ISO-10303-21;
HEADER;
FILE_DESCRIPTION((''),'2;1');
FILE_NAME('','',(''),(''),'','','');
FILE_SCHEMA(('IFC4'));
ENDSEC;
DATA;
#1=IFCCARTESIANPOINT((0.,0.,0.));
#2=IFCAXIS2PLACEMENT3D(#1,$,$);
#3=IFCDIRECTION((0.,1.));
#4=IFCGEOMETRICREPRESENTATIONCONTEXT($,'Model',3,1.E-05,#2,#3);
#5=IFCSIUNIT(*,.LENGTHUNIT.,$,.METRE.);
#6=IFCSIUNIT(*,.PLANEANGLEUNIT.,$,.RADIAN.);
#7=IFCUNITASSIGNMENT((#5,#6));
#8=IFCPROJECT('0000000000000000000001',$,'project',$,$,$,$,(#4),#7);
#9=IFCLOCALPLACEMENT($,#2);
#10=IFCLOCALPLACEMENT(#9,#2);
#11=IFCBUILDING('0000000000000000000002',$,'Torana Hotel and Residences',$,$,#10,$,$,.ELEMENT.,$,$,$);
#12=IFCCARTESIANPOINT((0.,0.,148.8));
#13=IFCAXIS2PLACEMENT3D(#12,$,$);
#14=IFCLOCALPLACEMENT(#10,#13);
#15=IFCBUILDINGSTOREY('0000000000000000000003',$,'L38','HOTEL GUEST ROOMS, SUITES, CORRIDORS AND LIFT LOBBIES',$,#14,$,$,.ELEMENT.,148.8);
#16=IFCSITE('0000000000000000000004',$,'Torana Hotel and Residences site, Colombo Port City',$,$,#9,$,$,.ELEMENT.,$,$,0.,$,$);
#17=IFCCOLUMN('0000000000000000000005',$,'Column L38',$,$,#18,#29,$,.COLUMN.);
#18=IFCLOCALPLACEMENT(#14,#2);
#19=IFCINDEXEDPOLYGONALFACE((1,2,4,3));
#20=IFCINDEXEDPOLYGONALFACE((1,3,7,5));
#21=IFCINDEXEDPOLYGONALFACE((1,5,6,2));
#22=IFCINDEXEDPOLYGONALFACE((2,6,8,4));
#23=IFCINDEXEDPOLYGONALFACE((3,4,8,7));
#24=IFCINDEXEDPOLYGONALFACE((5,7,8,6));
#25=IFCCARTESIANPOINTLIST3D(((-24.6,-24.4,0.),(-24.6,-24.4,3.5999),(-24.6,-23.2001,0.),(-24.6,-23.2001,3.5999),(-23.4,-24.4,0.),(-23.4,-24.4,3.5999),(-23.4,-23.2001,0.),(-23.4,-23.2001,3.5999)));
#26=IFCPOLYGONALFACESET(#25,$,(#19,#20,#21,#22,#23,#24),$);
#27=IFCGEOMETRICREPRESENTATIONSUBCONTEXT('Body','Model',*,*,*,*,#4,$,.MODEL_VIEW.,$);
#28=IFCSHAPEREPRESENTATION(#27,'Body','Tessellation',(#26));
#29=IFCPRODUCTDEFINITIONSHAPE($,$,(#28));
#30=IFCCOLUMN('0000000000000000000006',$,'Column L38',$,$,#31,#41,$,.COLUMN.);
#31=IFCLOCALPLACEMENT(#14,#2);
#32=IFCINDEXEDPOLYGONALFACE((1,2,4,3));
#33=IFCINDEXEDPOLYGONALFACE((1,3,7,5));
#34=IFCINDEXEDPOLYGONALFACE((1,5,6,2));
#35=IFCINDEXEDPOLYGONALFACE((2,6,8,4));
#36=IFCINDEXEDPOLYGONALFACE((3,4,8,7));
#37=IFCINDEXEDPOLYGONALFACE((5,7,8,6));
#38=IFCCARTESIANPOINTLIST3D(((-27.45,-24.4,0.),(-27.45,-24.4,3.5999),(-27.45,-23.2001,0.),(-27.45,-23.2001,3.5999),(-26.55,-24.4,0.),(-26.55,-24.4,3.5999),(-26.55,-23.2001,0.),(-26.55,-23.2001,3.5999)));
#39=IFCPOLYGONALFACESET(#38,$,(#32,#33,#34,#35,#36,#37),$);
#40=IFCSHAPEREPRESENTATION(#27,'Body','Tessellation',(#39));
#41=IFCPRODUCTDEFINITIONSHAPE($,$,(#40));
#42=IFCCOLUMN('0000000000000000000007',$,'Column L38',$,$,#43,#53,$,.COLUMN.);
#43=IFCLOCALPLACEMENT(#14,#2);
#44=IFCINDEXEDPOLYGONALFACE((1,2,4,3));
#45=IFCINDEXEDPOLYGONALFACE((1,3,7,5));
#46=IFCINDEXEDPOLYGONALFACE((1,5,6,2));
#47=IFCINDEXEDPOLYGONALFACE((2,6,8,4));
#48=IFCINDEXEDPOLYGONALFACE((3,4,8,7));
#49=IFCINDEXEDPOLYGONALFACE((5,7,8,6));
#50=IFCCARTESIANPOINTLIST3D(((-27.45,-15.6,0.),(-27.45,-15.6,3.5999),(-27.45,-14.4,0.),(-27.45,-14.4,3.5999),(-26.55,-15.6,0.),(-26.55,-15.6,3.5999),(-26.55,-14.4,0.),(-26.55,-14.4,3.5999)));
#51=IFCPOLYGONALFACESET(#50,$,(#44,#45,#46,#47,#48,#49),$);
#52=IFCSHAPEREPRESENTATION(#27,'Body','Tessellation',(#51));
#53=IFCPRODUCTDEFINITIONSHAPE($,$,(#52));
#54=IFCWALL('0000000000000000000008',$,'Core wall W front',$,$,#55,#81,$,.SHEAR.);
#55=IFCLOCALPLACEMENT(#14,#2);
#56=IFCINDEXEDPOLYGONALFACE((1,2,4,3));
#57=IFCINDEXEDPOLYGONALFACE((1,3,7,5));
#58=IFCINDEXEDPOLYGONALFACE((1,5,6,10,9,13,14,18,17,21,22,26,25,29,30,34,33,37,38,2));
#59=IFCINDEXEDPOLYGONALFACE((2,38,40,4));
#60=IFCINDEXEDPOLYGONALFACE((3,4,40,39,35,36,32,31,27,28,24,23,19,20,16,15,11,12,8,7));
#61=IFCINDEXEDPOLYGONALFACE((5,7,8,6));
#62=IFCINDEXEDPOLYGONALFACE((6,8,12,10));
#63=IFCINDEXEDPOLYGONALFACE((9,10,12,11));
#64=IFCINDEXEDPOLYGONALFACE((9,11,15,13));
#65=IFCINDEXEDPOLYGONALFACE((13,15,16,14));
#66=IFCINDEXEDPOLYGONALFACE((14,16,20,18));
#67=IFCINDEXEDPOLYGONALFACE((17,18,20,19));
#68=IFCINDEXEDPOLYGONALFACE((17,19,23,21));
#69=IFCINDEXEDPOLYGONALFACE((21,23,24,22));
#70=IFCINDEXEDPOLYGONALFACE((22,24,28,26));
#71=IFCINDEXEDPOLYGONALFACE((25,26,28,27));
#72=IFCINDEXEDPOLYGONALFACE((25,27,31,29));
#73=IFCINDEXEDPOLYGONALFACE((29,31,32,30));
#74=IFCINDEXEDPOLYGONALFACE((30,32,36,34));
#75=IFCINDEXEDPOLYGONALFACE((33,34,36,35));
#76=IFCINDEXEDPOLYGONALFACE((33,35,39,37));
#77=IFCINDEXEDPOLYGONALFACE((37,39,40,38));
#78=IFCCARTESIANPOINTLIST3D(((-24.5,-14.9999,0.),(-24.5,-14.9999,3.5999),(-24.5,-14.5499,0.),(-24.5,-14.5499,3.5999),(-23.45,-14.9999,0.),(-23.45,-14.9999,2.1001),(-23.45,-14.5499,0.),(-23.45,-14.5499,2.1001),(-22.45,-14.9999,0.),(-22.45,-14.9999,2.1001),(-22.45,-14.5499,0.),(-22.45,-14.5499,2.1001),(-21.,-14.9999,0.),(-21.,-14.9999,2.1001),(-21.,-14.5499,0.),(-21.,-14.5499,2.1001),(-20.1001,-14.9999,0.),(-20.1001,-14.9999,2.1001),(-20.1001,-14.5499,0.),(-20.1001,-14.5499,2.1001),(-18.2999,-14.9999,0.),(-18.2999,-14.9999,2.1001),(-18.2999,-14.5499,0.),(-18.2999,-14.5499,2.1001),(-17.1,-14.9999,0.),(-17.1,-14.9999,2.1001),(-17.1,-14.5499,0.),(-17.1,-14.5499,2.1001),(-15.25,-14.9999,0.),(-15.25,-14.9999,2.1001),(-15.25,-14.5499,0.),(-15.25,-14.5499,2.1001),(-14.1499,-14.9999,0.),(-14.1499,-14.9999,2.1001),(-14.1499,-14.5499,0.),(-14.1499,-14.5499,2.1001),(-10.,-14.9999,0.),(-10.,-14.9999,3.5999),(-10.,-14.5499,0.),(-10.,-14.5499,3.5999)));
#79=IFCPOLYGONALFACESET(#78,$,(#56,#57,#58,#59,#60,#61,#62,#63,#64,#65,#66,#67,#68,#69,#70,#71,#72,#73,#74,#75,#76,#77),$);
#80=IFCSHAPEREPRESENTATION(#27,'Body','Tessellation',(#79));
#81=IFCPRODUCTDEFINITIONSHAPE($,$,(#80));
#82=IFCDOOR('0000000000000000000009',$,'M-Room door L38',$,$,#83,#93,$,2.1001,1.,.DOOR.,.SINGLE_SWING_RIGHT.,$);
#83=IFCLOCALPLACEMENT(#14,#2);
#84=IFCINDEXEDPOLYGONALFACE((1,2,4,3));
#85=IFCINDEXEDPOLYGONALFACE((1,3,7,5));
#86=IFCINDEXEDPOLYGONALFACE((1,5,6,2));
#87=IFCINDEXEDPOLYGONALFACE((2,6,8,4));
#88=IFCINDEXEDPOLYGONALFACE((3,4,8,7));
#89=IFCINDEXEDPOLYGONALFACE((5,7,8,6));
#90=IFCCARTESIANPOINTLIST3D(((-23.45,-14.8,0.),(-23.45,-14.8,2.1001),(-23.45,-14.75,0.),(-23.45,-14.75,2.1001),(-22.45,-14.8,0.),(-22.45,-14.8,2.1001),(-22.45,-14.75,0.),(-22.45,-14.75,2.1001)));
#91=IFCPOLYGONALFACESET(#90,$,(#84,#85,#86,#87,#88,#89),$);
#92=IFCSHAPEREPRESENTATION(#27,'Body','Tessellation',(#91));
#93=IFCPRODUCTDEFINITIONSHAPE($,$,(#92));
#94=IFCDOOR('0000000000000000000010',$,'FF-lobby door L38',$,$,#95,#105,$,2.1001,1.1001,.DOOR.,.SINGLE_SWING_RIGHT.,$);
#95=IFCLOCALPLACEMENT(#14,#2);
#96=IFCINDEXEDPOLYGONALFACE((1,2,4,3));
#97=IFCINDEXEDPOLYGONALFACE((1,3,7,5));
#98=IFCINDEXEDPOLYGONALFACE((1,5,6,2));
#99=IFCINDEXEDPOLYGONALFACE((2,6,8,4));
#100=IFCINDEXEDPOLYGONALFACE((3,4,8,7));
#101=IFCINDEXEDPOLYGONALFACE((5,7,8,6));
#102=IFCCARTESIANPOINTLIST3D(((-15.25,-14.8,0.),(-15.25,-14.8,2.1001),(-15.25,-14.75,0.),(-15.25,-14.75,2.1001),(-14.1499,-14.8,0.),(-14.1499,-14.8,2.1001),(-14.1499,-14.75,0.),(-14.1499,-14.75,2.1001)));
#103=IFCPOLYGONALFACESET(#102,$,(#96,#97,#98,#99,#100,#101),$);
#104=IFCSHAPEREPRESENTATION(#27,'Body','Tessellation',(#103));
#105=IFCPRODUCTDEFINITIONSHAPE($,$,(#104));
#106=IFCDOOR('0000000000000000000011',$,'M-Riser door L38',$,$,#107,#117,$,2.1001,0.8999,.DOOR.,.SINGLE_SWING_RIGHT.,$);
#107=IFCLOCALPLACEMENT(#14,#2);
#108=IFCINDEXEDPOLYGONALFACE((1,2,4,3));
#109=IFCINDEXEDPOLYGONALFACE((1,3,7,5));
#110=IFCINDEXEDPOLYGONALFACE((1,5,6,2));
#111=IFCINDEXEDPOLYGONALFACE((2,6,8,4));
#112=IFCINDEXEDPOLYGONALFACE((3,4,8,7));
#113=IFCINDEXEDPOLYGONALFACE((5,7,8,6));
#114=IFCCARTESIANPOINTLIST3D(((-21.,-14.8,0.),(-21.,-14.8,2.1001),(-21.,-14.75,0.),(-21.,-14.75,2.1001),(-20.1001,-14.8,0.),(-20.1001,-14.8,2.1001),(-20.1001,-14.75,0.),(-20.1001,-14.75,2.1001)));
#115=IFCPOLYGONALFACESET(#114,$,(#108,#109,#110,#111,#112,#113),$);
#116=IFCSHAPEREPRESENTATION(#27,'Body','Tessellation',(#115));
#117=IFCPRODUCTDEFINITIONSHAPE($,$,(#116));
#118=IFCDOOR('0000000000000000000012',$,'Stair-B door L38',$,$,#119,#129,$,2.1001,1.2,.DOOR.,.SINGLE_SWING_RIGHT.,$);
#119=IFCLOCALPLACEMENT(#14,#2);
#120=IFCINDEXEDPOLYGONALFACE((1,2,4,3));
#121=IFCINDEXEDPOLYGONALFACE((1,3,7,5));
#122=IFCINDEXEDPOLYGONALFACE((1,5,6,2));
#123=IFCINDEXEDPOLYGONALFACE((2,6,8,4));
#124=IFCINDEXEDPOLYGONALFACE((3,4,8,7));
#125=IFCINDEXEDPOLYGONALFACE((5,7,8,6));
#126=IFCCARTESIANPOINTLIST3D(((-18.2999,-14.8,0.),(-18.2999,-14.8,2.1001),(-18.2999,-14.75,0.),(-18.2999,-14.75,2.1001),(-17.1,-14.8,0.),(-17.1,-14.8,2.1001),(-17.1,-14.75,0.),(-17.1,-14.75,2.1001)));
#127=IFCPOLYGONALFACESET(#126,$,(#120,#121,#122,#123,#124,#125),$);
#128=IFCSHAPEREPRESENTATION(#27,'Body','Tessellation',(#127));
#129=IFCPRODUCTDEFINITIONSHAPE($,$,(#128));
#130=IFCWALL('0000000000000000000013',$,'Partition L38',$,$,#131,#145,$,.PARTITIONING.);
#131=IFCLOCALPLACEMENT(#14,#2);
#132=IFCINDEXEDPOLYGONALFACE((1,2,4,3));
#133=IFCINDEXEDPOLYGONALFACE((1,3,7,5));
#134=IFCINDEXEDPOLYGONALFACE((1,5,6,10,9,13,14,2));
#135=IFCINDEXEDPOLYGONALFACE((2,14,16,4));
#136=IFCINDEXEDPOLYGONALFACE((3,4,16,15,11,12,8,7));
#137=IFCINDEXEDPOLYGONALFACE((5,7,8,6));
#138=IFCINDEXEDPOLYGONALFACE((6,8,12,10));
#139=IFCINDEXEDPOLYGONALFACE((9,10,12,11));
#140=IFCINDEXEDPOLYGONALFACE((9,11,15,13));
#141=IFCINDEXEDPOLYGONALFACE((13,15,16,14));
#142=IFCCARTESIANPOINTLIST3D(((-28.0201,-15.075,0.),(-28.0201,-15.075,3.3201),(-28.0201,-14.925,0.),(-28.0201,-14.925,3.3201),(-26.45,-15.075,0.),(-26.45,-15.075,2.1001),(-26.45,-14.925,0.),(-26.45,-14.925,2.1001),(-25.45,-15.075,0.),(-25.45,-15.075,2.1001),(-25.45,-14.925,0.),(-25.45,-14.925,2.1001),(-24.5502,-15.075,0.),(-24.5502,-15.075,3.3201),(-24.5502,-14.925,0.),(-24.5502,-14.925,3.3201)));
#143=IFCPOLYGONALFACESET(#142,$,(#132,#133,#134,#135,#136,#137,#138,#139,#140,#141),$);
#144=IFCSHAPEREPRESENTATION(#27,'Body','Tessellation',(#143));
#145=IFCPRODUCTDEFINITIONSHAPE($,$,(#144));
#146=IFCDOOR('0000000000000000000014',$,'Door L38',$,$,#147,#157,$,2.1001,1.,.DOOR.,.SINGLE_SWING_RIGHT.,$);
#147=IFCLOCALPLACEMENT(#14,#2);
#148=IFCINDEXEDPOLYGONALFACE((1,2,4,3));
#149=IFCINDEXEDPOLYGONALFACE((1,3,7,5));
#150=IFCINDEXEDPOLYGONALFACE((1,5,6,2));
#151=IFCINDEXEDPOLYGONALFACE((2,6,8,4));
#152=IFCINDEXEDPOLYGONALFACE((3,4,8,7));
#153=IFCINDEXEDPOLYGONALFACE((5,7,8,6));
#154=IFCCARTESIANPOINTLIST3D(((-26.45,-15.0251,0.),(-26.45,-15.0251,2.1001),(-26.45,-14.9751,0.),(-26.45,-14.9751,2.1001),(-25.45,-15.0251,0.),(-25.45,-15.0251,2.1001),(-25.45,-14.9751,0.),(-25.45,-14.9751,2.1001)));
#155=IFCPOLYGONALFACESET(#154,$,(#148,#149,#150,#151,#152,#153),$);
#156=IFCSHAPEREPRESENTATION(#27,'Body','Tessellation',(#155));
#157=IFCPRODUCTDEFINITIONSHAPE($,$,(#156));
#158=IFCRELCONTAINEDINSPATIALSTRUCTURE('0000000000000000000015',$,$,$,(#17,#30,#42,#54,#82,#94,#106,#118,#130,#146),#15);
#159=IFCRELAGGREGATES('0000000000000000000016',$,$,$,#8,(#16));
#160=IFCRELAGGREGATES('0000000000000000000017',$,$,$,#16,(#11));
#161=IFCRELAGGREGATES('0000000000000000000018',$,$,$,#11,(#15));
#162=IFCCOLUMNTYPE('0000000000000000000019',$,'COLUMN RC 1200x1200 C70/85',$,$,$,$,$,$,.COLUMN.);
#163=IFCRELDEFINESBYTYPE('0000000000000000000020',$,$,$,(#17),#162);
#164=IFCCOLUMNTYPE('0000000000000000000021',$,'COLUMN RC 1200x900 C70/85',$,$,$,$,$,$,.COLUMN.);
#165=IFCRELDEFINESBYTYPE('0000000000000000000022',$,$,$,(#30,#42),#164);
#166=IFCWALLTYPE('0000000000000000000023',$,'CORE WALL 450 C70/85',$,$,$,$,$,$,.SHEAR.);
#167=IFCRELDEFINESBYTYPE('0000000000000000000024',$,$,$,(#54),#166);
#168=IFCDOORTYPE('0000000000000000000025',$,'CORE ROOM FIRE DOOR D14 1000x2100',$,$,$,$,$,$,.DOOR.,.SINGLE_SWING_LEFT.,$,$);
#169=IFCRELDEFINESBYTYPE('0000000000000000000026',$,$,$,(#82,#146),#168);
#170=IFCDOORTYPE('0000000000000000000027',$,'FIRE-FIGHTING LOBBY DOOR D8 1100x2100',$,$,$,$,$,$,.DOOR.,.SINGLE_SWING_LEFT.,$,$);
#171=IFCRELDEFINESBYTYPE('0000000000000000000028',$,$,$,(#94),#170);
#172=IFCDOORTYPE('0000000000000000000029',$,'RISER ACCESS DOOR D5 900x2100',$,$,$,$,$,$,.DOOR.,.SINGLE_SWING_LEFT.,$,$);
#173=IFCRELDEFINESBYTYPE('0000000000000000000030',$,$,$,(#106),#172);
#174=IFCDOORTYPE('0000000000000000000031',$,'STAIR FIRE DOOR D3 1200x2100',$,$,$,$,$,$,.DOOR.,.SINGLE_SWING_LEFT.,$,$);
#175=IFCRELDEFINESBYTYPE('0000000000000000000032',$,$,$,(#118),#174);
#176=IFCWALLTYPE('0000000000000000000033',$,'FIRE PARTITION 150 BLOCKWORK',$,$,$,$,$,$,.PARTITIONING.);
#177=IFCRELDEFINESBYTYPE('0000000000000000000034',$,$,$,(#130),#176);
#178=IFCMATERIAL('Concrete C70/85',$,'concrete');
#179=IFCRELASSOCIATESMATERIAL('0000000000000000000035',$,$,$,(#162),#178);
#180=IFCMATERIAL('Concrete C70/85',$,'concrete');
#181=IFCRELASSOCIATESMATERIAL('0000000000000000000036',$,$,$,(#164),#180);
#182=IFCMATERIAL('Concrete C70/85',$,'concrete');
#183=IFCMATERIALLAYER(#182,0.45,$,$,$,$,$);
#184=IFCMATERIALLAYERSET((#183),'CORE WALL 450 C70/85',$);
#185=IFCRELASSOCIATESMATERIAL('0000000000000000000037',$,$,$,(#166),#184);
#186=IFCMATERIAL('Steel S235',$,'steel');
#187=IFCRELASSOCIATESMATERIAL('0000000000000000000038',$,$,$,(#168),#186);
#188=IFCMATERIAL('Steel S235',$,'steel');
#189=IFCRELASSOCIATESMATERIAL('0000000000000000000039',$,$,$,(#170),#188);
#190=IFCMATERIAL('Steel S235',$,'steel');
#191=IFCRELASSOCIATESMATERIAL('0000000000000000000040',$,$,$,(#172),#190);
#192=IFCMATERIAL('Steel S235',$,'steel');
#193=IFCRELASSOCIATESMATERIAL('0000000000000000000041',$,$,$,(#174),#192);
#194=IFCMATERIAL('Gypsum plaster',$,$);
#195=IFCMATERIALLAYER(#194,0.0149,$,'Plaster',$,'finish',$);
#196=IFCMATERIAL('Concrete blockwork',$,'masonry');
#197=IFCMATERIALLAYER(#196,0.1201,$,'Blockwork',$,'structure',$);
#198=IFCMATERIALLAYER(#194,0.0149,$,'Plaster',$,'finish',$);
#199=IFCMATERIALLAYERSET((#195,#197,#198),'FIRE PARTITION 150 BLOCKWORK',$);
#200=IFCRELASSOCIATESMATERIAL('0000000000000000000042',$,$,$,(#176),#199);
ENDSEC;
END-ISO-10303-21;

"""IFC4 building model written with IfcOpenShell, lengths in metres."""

from ifc_helpers import new_model, si_unit, direction, frame, frame_2d, origin, origin_2d, place, context, subcontext, project, spatial, rectangle, extrude, material, layer, layer_set, material_profile, profile_set, type_object, element, fill, save


model = new_model("IFC4")

# Units and contexts
model_context = context("Model", 3, precision=1e-05, world=origin(), true_north=direction((0.0, 1.0)))
body_context = subcontext(model_context, "Body", "Model", "MODEL_VIEW")
ifc_project = project(units=[si_unit("LENGTHUNIT", "METRE"), si_unit("PLANEANGLEUNIT", "RADIAN")], contexts=[model_context])

# Site, building, storey
site_placement = place(None, origin())
site = spatial("IfcSite", under=ifc_project, at=site_placement, Name="Torana Hotel and Residences site, Colombo Port City", CompositionType="ELEMENT", RefElevation=0.0)
building_placement = place(site_placement, origin())
building = spatial("IfcBuilding", under=site, at=building_placement, Name="Torana Hotel and Residences", CompositionType="ELEMENT")
storey_placement = place(building_placement, frame((0.0, 0.0, 148.8)))
storey = spatial("IfcBuildingStorey", under=building, at=storey_placement, Name="L38", Description="HOTEL GUEST ROOMS, SUITES, CORRIDORS AND LIFT LOBBIES", CompositionType="ELEMENT", Elevation=148.8)

# Columns
ifc_material_1 = material(Name="Concrete C70/85", Category="concrete")
ifc_material_profile_1 = material_profile(ifc_material_1, rectangle(XDim=1.2, YDim=1.2, at=origin_2d()), Name="RC 1200x1200")
ifc_profile_set_1 = profile_set([ifc_material_profile_1], Name="Concrete C70/85")
column_type_1 = type_object("IfcColumnType", Name="COLUMN RC 1200x1200 C70/85", PredefinedType="COLUMN", material=ifc_profile_set_1)
column_placement = place(storey_placement, frame((-24.0, -23.8, 0.0), z_axis=(0.0, 0.0, 1.0), x_axis=(1.0, 0.0, 0.0)))
element("IfcColumn", 1, at=column_placement, inside=storey, type_object=column_type_1, Name="Column L38", PredefinedType="COLUMN", context=body_context, shape_type="SweptSolid", body=[
    extrude(rectangle(XDim=1.2, YDim=1.2, at=origin_2d()), origin(), (0.0, 0.0, 1.0), 3.5999),
])
ifc_material_2 = material(Name="Concrete C70/85", Category="concrete")
ifc_material_profile_2 = material_profile(ifc_material_2, rectangle(XDim=1.2, YDim=0.8999, at=origin_2d()), Name="RC 1200x900")
ifc_profile_set_2 = profile_set([ifc_material_profile_2], Name="Concrete C70/85")
column_type_2 = type_object("IfcColumnType", Name="COLUMN RC 1200x900 C70/85", PredefinedType="COLUMN", material=ifc_profile_set_2)
for number, where, z_axis, x_axis, name in (
    (2, (-27.0, -23.8, 0.0), (0.0, 0.0, 1.0), (0.0, 1.0, 0.0), "Column L38"),
    (3, (-27.0, -15.0, 0.0), (0.0, 0.0, 1.0), (0.0, 1.0, 0.0), "Column L38"),
):
    element("IfcColumn", number, at=place(storey_placement, frame(where, z_axis=z_axis, x_axis=x_axis)), inside=storey, type_object=column_type_2, Name=name, PredefinedType="COLUMN", context=body_context, shape_type="SweptSolid", body=[
        extrude(rectangle(XDim=1.2, YDim=0.8999, at=origin_2d()), origin(), (0.0, 0.0, 1.0), 3.5999),
    ])

# Wall, openings, doors
ifc_material_3 = material(Name="Concrete C70/85", Category="concrete")
ifc_layer_1 = layer(ifc_material_3, 0.45)
ifc_layer_set_1 = layer_set([ifc_layer_1], Name="CORE WALL 450 C70/85")
wall_type_1 = type_object("IfcWallType", Name="CORE WALL 450 C70/85", PredefinedType="SHEAR", material=ifc_layer_set_1)
wall_1_placement = place(storey_placement, frame((-24.5, -14.7749, 0.0), z_axis=(0.0, 0.0, 1.0), x_axis=(1.0, 0.0, 0.0)))
wall_1 = element("IfcWall", 4, at=wall_1_placement, inside=storey, type_object=wall_type_1, Name="Core wall W front", PredefinedType="SHEAR", context=body_context, shape_type="SweptSolid", body=[
    extrude(rectangle(XDim=14.5, YDim=0.45, at=frame_2d((7.25, 0.0))), origin(), (0.0, 0.0, 1.0), 3.5999),
])
opening_1_placement = place(wall_1_placement, frame((6.2, 0.0, 0.0)))
opening_1 = element("IfcOpeningElement", 5, at=opening_1_placement, cuts=wall_1, PredefinedType="OPENING", context=body_context, shape_type="SweptSolid", body=[
    extrude(rectangle(XDim=1.2, YDim=2.1001, at=frame_2d((0.6001, 1.05))), frame((0.0, 0.2349, 0.0), z_axis=(0.0, -1.0, 0.0), x_axis=(1.0, 0.0, 0.0)), (0.0, 0.0, 1.0), 0.47),
])
opening_2_placement = place(wall_1_placement, frame((9.25, 0.0, 0.0)))
opening_2 = element("IfcOpeningElement", 6, at=opening_2_placement, cuts=wall_1, PredefinedType="OPENING", context=body_context, shape_type="SweptSolid", body=[
    extrude(rectangle(XDim=1.1001, YDim=2.1001, at=frame_2d((0.55, 1.05))), frame((0.0, 0.2349, 0.0), z_axis=(0.0, -1.0, 0.0), x_axis=(1.0, 0.0, 0.0)), (0.0, 0.0, 1.0), 0.47),
])
opening_3_placement = place(wall_1_placement, frame((3.5, 0.0, 0.0)))
opening_3 = element("IfcOpeningElement", 7, at=opening_3_placement, cuts=wall_1, PredefinedType="OPENING", context=body_context, shape_type="SweptSolid", body=[
    extrude(rectangle(XDim=0.8999, YDim=2.1001, at=frame_2d((0.45, 1.05))), frame((0.0, 0.2349, 0.0), z_axis=(0.0, -1.0, 0.0), x_axis=(1.0, 0.0, 0.0)), (0.0, 0.0, 1.0), 0.47),
])
opening_4_placement = place(wall_1_placement, frame((1.05, 0.0, 0.0)))
opening_4 = element("IfcOpeningElement", 8, at=opening_4_placement, cuts=wall_1, PredefinedType="OPENING", context=body_context, shape_type="SweptSolid", body=[
    extrude(rectangle(XDim=1.0, YDim=2.1001, at=frame_2d((0.5, 1.05))), frame((0.0, 0.2349, 0.0), z_axis=(0.0, -1.0, 0.0), x_axis=(1.0, 0.0, 0.0)), (0.0, 0.0, 1.0), 0.47),
])
ifc_material_4 = material(Name="Steel S235", Category="steel")
door_type_1 = type_object("IfcDoorType", Name="CORE ROOM FIRE DOOR D14 1000x2100", OperationType="SINGLE_SWING_LEFT", PredefinedType="DOOR", material=ifc_material_4)
door_1_placement = place(opening_4_placement, origin())
door_1 = element("IfcDoor", 9, at=door_1_placement, inside=storey, type_object=door_type_1, Name="M-Room door L38", OperationType="SINGLE_SWING_RIGHT", OverallHeight=2.1001, OverallWidth=1.0, PredefinedType="DOOR", context=body_context, shape_type="SweptSolid", body=[
    extrude(rectangle(XDim=1.0, YDim=2.1001, at=frame_2d((0.5, 1.05))), frame((0.0, 0.0249, 0.0), z_axis=(0.0, -1.0, 0.0), x_axis=(1.0, 0.0, 0.0)), (0.0, 0.0, 1.0), 0.05),
])
fill(opening_4, door_1)
ifc_material_5 = material(Name="Steel S235", Category="steel")
door_type_2 = type_object("IfcDoorType", Name="FIRE-FIGHTING LOBBY DOOR D8 1100x2100", OperationType="SINGLE_SWING_LEFT", PredefinedType="DOOR", material=ifc_material_5)
door_2_placement = place(opening_2_placement, origin())
door_2 = element("IfcDoor", 10, at=door_2_placement, inside=storey, type_object=door_type_2, Name="FF-lobby door L38", OperationType="SINGLE_SWING_RIGHT", OverallHeight=2.1001, OverallWidth=1.1001, PredefinedType="DOOR", context=body_context, shape_type="SweptSolid", body=[
    extrude(rectangle(XDim=1.1001, YDim=2.1001, at=frame_2d((0.55, 1.05))), frame((0.0, 0.0249, 0.0), z_axis=(0.0, -1.0, 0.0), x_axis=(1.0, 0.0, 0.0)), (0.0, 0.0, 1.0), 0.05),
])
fill(opening_2, door_2)
ifc_material_6 = material(Name="Steel S235", Category="steel")
door_type_3 = type_object("IfcDoorType", Name="RISER ACCESS DOOR D5 900x2100", OperationType="SINGLE_SWING_LEFT", PredefinedType="DOOR", material=ifc_material_6)
door_3_placement = place(opening_3_placement, origin())
door_3 = element("IfcDoor", 11, at=door_3_placement, inside=storey, type_object=door_type_3, Name="M-Riser door L38", OperationType="SINGLE_SWING_RIGHT", OverallHeight=2.1001, OverallWidth=0.8999, PredefinedType="DOOR", context=body_context, shape_type="SweptSolid", body=[
    extrude(rectangle(XDim=0.8999, YDim=2.1001, at=frame_2d((0.45, 1.05))), frame((0.0, 0.0249, 0.0), z_axis=(0.0, -1.0, 0.0), x_axis=(1.0, 0.0, 0.0)), (0.0, 0.0, 1.0), 0.05),
])
fill(opening_3, door_3)
ifc_material_7 = material(Name="Steel S235", Category="steel")
door_type_4 = type_object("IfcDoorType", Name="STAIR FIRE DOOR D3 1200x2100", OperationType="SINGLE_SWING_LEFT", PredefinedType="DOOR", material=ifc_material_7)
door_4_placement = place(opening_1_placement, origin())
door_4 = element("IfcDoor", 12, at=door_4_placement, inside=storey, type_object=door_type_4, Name="Stair-B door L38", OperationType="SINGLE_SWING_RIGHT", OverallHeight=2.1001, OverallWidth=1.2, PredefinedType="DOOR", context=body_context, shape_type="SweptSolid", body=[
    extrude(rectangle(XDim=1.2, YDim=2.1001, at=frame_2d((0.6001, 1.05))), frame((0.0, 0.0249, 0.0), z_axis=(0.0, -1.0, 0.0), x_axis=(1.0, 0.0, 0.0)), (0.0, 0.0, 1.0), 0.05),
])
fill(opening_1, door_4)

# Wall, opening, door
ifc_material_8 = material(Name="Gypsum plaster")
ifc_layer_2 = layer(ifc_material_8, 0.0149, Name="Plaster", Category="finish")
ifc_material_9 = material(Name="Concrete blockwork", Category="masonry")
ifc_layer_3 = layer(ifc_material_9, 0.1201, Name="Blockwork", Category="structure")
ifc_layer_4 = layer(ifc_material_8, 0.0149, Name="Plaster", Category="finish")
ifc_layer_set_2 = layer_set([ifc_layer_2, ifc_layer_3, ifc_layer_4], Name="FIRE PARTITION 150 BLOCKWORK")
wall_type_2 = type_object("IfcWallType", Name="FIRE PARTITION 150 BLOCKWORK", PredefinedType="PARTITIONING", material=ifc_layer_set_2)
wall_2_placement = place(storey_placement, frame((-28.02, -15.0, 0.0), z_axis=(0.0, 0.0, 1.0), x_axis=(1.0, 0.0, 0.0)))
wall_2 = element("IfcWall", 13, at=wall_2_placement, inside=storey, type_object=wall_type_2, Name="Partition L38", PredefinedType="PARTITIONING", context=body_context, shape_type="SweptSolid", body=[
    extrude(rectangle(XDim=3.47, YDim=0.1499, at=frame_2d((1.7349, 0.0))), origin(), (0.0, 0.0, 1.0), 3.3201),
])
opening_5_placement = place(wall_2_placement, frame((1.5701, 0.0, 0.0)))
opening_5 = element("IfcOpeningElement", 14, at=opening_5_placement, cuts=wall_2, PredefinedType="OPENING", context=body_context, shape_type="SweptSolid", body=[
    extrude(rectangle(XDim=1.0, YDim=2.1001, at=frame_2d((0.5, 1.05))), frame((0.0, 0.085, 0.0), z_axis=(0.0, -1.0, 0.0), x_axis=(1.0, 0.0, 0.0)), (0.0, 0.0, 1.0), 0.1699),
])
door_5_placement = place(opening_5_placement, origin())
door_5 = element("IfcDoor", 15, at=door_5_placement, inside=storey, type_object=door_type_1, Name="Door L38", OperationType="SINGLE_SWING_RIGHT", OverallHeight=2.1001, OverallWidth=1.0, PredefinedType="DOOR", context=body_context, shape_type="SweptSolid", body=[
    extrude(rectangle(XDim=1.0, YDim=2.1001, at=frame_2d((0.5, 1.05))), frame((0.0, 0.0249, 0.0), z_axis=(0.0, -1.0, 0.0), x_axis=(1.0, 0.0, 0.0)), (0.0, 0.0, 1.0), 0.05),
])
fill(opening_5, door_5)

save(model, "model.ifc")
